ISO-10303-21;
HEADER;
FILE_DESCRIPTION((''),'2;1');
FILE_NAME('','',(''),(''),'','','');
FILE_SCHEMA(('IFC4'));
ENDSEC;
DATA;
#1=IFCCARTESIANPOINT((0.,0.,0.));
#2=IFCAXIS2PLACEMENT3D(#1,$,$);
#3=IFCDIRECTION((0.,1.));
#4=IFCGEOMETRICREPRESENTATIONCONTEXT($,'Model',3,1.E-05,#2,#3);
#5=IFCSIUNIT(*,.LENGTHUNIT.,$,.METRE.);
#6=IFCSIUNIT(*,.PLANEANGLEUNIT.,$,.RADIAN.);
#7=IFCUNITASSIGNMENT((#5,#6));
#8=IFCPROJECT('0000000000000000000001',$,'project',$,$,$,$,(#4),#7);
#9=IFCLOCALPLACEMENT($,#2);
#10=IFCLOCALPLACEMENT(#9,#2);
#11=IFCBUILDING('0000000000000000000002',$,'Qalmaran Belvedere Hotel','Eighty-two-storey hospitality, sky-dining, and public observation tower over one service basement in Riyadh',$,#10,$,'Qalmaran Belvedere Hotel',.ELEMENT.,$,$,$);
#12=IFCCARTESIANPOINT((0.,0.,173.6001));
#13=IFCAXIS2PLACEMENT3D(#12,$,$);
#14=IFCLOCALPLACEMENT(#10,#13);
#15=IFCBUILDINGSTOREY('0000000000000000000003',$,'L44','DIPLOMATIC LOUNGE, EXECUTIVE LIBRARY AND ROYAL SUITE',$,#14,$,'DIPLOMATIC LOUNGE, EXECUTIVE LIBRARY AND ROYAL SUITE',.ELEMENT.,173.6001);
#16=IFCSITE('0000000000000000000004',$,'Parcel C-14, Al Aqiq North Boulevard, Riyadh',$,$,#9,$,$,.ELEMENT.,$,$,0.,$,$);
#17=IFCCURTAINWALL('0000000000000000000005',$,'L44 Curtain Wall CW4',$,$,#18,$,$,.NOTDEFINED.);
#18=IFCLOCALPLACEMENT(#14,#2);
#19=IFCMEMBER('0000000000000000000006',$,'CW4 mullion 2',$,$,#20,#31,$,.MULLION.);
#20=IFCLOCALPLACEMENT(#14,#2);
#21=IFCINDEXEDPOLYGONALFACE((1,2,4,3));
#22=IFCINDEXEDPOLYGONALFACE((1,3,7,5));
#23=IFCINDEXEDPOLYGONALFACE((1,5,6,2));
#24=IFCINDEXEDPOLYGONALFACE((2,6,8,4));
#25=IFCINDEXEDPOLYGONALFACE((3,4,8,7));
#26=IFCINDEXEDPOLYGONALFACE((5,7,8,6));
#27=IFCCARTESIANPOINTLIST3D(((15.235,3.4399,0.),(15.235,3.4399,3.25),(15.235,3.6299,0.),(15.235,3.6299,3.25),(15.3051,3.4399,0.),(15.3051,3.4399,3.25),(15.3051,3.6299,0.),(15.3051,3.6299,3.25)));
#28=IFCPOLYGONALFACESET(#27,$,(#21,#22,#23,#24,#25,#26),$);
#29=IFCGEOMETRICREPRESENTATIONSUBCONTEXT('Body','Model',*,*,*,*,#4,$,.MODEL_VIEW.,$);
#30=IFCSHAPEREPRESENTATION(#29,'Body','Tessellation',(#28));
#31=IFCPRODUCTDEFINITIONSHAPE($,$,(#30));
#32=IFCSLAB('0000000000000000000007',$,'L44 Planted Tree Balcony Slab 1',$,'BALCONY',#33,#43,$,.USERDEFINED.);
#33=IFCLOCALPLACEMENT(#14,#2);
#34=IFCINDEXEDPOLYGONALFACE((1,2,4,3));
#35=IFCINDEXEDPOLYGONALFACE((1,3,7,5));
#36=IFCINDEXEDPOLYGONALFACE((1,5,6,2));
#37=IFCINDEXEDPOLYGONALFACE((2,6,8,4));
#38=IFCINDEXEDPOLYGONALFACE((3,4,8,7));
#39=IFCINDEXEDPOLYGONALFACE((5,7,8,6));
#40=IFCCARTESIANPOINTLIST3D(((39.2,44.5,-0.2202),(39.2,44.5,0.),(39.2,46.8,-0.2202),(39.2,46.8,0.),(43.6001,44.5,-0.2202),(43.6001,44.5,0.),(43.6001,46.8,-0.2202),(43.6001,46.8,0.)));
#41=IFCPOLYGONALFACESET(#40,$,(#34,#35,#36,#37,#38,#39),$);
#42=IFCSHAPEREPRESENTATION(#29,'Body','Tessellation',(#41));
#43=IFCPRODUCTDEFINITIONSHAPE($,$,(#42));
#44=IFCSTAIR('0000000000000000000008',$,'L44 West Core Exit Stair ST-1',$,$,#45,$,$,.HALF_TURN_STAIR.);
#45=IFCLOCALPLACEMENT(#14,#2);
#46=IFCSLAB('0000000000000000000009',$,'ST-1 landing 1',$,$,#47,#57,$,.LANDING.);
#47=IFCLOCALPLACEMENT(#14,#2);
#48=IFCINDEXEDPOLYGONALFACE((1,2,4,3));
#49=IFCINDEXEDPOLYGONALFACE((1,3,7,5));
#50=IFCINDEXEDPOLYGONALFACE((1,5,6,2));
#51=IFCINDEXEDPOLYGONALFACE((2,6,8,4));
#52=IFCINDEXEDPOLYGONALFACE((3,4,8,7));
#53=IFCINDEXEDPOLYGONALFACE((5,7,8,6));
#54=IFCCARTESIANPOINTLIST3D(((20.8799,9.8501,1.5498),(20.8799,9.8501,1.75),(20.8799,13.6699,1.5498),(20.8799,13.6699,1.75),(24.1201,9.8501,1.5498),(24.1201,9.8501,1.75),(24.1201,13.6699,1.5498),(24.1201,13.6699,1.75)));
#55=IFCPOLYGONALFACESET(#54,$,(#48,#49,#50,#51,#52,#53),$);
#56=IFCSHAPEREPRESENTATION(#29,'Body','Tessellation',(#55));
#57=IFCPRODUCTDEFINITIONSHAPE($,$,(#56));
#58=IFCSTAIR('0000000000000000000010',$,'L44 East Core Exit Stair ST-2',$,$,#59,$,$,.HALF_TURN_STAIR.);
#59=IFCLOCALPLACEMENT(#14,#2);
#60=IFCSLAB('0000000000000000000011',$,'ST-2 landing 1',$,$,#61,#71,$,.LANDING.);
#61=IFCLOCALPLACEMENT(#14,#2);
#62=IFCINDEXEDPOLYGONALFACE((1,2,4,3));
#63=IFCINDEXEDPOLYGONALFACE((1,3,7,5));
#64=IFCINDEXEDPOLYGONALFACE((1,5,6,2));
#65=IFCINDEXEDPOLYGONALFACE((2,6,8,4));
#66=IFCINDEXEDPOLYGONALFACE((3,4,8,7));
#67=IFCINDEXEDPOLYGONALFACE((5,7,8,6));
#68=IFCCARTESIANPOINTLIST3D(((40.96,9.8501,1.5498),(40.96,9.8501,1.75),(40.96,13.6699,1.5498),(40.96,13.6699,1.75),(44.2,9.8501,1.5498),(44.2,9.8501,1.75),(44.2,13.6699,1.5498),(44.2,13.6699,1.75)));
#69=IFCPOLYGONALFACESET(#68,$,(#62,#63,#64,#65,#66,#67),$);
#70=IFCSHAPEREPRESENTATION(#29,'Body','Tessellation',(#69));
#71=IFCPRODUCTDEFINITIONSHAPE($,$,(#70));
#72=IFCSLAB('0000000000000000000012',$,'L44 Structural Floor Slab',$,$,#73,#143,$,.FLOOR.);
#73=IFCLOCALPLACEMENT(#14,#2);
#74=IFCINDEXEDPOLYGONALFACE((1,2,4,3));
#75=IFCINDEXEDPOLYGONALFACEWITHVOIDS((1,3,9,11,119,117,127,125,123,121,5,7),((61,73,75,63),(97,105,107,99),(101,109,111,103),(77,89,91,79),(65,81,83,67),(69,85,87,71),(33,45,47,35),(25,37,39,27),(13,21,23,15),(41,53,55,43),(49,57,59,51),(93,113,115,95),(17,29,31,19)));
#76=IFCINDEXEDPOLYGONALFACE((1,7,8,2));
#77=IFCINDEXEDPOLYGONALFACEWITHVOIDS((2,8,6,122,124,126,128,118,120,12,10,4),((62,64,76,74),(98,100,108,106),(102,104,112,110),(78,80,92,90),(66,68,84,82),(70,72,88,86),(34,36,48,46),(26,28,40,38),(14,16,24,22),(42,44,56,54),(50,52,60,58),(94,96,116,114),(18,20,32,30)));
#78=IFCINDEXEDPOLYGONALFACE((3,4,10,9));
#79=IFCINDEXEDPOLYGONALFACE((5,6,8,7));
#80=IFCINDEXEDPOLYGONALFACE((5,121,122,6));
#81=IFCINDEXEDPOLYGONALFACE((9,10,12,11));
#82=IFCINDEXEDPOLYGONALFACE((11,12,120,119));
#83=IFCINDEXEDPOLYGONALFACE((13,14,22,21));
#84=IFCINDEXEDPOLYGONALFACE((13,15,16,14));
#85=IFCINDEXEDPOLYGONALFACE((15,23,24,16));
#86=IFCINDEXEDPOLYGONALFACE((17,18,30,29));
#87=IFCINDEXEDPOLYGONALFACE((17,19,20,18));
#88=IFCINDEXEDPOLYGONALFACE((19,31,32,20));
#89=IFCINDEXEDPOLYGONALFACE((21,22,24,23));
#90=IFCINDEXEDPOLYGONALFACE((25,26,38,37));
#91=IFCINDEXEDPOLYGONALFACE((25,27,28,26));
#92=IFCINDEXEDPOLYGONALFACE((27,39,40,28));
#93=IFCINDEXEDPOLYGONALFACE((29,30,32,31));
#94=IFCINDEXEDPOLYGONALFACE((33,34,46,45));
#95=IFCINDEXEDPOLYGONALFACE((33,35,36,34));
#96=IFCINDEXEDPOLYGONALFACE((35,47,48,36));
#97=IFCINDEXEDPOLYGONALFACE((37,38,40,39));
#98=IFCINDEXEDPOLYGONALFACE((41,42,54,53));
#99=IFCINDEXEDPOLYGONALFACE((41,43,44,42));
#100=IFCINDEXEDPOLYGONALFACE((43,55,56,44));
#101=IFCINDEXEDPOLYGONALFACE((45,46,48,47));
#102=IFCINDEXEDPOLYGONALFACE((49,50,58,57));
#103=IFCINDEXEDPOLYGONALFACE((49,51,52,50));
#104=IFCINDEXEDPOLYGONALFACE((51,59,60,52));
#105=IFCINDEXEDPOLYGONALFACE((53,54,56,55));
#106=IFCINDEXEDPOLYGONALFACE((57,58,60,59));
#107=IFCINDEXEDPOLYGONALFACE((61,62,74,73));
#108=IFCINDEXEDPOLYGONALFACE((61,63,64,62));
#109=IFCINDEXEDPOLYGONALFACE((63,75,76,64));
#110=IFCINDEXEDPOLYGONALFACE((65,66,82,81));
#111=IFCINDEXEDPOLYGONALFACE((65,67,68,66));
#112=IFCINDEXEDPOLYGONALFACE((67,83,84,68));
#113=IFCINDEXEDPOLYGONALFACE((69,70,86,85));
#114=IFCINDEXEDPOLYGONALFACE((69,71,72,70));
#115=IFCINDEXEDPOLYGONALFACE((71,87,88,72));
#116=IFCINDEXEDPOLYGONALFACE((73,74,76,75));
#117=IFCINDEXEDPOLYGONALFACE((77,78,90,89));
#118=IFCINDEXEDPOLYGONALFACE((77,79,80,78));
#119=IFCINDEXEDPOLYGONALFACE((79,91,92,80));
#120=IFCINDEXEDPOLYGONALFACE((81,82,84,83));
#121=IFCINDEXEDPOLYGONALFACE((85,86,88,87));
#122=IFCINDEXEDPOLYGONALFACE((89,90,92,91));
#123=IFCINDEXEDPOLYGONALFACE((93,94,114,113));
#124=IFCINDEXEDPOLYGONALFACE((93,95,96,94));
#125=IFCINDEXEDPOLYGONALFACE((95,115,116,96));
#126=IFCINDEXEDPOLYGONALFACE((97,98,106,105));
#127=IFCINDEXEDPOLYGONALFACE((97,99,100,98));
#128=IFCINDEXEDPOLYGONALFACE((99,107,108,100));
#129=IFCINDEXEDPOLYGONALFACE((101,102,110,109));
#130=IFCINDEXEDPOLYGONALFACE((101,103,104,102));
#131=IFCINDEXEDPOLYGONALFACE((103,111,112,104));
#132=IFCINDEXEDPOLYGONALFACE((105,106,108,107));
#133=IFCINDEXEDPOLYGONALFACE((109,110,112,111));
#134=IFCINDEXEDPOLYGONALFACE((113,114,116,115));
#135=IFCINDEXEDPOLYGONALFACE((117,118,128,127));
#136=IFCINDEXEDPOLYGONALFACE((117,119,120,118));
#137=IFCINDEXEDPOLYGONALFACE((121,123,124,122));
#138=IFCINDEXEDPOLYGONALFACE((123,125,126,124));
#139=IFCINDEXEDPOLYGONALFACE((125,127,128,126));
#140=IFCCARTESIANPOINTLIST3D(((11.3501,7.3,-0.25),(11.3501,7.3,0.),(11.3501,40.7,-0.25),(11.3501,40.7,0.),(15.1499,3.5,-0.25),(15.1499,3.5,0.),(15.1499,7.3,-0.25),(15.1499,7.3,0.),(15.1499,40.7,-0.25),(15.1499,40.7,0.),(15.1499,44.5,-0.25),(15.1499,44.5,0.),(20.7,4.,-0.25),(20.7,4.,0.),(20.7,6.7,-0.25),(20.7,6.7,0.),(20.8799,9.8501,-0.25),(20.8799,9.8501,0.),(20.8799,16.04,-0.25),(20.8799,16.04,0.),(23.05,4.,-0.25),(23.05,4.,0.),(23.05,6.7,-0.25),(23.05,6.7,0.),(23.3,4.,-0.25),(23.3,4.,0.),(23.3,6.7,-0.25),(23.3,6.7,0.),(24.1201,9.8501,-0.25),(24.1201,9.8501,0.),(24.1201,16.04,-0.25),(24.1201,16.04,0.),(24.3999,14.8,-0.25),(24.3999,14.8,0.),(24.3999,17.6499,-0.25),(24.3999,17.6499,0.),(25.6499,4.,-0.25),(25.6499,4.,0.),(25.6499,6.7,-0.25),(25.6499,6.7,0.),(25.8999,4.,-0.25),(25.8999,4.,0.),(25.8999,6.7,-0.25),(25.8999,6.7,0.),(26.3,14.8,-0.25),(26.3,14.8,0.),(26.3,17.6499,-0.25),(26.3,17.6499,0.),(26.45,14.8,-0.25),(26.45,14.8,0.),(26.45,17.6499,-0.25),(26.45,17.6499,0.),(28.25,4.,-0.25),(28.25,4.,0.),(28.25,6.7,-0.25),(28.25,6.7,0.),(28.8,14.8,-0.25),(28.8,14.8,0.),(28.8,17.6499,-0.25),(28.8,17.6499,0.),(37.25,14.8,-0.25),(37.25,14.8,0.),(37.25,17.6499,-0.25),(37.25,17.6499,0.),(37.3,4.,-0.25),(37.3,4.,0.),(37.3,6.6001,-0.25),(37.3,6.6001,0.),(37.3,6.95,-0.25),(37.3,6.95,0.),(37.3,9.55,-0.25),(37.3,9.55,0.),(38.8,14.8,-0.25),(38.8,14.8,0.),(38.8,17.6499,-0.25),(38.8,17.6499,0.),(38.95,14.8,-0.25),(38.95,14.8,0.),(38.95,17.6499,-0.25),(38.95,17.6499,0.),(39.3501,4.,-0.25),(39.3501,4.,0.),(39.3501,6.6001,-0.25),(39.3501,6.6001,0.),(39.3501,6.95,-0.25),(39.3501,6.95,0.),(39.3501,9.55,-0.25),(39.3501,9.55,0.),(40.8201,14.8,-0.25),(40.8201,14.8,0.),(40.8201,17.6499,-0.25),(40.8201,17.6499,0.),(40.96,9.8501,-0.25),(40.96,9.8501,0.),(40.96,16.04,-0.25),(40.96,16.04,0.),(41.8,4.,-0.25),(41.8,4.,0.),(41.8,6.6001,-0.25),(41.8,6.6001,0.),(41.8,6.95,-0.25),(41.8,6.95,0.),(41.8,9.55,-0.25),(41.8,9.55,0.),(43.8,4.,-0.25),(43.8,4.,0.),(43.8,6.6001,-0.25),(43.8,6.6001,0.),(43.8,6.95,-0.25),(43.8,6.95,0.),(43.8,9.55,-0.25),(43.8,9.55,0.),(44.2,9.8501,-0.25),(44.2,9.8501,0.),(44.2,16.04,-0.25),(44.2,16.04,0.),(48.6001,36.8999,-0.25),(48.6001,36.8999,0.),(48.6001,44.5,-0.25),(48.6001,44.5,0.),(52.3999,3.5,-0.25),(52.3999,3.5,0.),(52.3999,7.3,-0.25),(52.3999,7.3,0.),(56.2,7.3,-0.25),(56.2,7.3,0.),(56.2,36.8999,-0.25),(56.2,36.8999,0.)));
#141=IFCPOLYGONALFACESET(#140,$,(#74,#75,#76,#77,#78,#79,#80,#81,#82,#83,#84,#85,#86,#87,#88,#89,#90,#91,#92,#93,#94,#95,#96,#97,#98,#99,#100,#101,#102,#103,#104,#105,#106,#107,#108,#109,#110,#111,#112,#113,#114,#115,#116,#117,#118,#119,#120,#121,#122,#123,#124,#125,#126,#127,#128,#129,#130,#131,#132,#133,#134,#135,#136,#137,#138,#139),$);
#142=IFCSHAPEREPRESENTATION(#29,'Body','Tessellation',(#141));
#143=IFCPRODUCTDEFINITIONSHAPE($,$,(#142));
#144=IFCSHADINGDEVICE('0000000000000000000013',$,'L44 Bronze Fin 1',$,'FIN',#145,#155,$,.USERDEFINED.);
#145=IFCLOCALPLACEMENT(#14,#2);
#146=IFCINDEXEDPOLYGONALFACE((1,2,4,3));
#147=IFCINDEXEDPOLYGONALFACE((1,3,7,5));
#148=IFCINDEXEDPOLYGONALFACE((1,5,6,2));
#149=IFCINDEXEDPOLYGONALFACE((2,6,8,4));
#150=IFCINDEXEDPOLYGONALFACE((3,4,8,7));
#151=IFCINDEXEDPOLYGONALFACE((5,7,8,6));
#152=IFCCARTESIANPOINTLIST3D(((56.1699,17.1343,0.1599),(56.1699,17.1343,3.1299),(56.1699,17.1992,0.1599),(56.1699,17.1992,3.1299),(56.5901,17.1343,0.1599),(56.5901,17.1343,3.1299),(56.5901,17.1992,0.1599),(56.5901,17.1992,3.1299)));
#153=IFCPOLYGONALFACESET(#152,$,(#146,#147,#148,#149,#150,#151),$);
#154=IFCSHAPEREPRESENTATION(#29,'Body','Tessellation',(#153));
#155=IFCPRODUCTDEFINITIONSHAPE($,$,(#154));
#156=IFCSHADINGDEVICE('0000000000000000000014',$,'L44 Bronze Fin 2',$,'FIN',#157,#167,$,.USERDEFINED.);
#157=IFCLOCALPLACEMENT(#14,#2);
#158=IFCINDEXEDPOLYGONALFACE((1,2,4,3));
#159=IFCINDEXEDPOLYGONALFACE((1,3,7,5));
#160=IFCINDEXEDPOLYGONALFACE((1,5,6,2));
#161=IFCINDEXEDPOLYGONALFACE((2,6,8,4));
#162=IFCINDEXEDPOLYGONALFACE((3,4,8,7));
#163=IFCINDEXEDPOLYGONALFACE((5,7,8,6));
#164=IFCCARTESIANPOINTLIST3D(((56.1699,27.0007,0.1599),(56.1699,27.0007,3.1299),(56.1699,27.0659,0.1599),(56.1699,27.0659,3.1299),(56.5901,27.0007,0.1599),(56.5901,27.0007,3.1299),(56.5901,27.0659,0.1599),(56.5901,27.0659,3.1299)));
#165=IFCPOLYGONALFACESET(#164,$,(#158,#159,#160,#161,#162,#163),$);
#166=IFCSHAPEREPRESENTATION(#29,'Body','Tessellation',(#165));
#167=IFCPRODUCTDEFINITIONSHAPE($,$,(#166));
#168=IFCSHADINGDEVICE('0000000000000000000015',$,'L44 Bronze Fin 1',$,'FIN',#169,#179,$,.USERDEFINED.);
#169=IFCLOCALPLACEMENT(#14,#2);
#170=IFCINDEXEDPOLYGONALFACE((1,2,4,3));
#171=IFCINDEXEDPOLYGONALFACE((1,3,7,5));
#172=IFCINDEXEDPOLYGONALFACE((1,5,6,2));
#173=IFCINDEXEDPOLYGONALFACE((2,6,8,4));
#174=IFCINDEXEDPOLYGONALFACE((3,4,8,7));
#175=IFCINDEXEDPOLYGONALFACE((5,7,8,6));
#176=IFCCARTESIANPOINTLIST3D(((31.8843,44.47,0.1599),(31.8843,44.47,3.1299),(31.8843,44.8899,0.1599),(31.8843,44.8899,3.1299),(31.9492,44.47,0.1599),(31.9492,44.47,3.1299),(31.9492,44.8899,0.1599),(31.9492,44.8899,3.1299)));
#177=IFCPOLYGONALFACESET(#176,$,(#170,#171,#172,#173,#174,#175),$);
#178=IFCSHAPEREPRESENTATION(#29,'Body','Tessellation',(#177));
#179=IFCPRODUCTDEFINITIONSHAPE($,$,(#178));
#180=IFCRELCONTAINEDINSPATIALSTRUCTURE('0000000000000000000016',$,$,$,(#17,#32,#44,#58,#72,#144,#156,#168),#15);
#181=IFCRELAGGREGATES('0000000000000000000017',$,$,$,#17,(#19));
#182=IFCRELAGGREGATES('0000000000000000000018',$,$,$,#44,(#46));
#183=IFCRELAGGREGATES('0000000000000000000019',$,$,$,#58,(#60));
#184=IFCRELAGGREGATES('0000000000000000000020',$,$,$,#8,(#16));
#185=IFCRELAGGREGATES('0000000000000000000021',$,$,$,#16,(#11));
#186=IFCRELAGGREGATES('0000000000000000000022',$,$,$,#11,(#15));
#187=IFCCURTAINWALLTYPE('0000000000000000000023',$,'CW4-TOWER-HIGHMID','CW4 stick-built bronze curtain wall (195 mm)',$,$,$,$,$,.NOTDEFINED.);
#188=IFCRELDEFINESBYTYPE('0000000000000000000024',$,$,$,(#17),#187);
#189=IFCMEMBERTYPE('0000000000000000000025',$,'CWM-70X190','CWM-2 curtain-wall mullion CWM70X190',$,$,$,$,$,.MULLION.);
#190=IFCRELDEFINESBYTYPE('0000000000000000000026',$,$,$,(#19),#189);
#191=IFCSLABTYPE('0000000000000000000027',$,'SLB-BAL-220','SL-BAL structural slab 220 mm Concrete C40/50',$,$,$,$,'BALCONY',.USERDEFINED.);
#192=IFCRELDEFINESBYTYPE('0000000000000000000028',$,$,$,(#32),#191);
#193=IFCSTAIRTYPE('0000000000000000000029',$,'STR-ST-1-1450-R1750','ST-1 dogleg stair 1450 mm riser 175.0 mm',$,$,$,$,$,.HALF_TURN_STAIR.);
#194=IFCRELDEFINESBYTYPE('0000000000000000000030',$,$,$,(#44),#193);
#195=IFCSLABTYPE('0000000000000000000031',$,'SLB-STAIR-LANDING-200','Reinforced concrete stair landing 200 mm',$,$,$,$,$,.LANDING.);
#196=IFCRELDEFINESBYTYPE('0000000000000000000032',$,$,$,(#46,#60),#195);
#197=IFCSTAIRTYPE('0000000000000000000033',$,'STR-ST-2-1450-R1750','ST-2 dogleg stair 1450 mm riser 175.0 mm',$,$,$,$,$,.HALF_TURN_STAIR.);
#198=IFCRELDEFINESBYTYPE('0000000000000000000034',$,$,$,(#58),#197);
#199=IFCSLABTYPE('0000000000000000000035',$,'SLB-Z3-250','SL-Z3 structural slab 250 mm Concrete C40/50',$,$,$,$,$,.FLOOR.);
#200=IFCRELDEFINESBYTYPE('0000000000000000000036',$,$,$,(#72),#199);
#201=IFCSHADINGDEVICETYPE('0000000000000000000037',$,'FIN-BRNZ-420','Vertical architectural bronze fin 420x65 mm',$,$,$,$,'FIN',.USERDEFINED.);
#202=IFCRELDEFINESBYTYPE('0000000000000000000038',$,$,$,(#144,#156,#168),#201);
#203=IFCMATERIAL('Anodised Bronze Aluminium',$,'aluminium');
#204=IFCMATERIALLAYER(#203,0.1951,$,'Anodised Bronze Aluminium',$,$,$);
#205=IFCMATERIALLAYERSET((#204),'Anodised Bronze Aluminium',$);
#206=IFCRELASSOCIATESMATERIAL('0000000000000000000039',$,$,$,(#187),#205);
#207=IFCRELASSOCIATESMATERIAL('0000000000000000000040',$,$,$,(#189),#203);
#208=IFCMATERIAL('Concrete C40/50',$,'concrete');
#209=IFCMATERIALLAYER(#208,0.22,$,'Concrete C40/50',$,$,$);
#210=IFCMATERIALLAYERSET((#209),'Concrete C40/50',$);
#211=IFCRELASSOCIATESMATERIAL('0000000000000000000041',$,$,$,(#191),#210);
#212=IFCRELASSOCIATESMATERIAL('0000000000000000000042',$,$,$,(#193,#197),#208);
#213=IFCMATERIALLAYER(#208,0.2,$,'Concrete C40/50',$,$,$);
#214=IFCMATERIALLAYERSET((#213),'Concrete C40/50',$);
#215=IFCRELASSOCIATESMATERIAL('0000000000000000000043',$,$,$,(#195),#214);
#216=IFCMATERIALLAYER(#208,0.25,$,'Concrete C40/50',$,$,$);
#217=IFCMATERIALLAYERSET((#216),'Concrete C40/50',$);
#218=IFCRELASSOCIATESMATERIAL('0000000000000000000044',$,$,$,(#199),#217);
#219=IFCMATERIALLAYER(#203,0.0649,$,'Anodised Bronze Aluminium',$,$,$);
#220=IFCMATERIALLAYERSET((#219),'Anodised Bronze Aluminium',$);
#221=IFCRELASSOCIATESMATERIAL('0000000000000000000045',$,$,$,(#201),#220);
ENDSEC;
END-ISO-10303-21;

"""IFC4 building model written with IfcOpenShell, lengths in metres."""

from ifc_helpers import new_model, si_unit, direction, frame, origin, origin_2d, place, context, subcontext, project, spatial, polyline, rectangle, outline, extrude, material, layer, layer_set, material_profile, profile_set, type_object, element, aggregate, save


model = new_model("IFC4")

# Units and contexts
model_context = context("Model", 3, precision=1e-05, world=origin(), true_north=direction((0.0, 1.0)))
body_context = subcontext(model_context, "Body", "Model", "MODEL_VIEW")
ifc_project = project(units=[si_unit("LENGTHUNIT", "METRE"), si_unit("PLANEANGLEUNIT", "RADIAN")], contexts=[model_context])

# Site, building, storey
site_placement = place(None, origin())
site = spatial("IfcSite", under=ifc_project, at=site_placement, Name="Parcel C-14, Al Aqiq North Boulevard, Riyadh", CompositionType="ELEMENT", RefElevation=0.0)
building_placement = place(site_placement, origin())
building = spatial("IfcBuilding", under=site, at=building_placement, Name="Qalmaran Belvedere Hotel", Description="Eighty-two-storey hospitality, sky-dining, and public observation tower over one service basement in Riyadh", LongName="Qalmaran Belvedere Hotel", CompositionType="ELEMENT")
storey_placement = place(building_placement, frame((0.0, 0.0, 173.6001)))
storey = spatial("IfcBuildingStorey", under=building, at=storey_placement, Name="L44", Description="DIPLOMATIC LOUNGE, EXECUTIVE LIBRARY AND ROYAL SUITE", LongName="DIPLOMATIC LOUNGE, EXECUTIVE LIBRARY AND ROYAL SUITE", CompositionType="ELEMENT", Elevation=173.6001)

# Curtain wall, member
ifc_material_1 = material(Name="Anodised Bronze Aluminium", Category="aluminium")
ifc_layer_1 = layer(ifc_material_1, 0.1951, Name="Anodised Bronze Aluminium")
ifc_layer_set_1 = layer_set([ifc_layer_1], Name="Anodised Bronze Aluminium")
curtain_wall_type = type_object("IfcCurtainWallType", Name="CW4-TOWER-HIGHMID", Description="CW4 stick-built bronze curtain wall (195 mm)", PredefinedType="NOTDEFINED", material=ifc_layer_set_1)
curtain_wall_placement = place(storey_placement, origin())
curtain_wall = element("IfcCurtainWall", 1, at=curtain_wall_placement, inside=storey, type_object=curtain_wall_type, Name="L44 Curtain Wall CW4", PredefinedType="NOTDEFINED")
ifc_material_profile = material_profile(ifc_material_1, rectangle(XDim=0.0701, YDim=0.1899, at=origin_2d()), Name="CWM70X190")
ifc_profile_set = profile_set([ifc_material_profile], Name="Anodised Bronze Aluminium")
member_type = type_object("IfcMemberType", Name="CWM-70X190", Description="CWM-2 curtain-wall mullion CWM70X190", PredefinedType="MULLION", material=ifc_profile_set)
member_placement = place(storey_placement, frame((15.27, 3.5349, 0.0), z_axis=(0.0, 0.0, 1.0), x_axis=(1.0, 0.0, 0.0)))
member = element("IfcMember", 2, at=member_placement, type_object=member_type, Name="CW4 mullion 2", PredefinedType="MULLION", context=body_context, shape_type="SweptSolid", body=[
    extrude(rectangle(XDim=0.0701, YDim=0.1899, at=origin_2d()), origin(), (0.0, 0.0, 1.0), 3.25),
])
aggregate(curtain_wall, [member])

# Slab
ifc_material_2 = material(Name="Concrete C40/50", Category="concrete")
ifc_layer_2 = layer(ifc_material_2, 0.22, Name="Concrete C40/50")
ifc_layer_set_2 = layer_set([ifc_layer_2], Name="Concrete C40/50")
slab_type_1 = type_object("IfcSlabType", Name="SLB-BAL-220", Description="SL-BAL structural slab 220 mm Concrete C40/50", ElementType="BALCONY", PredefinedType="USERDEFINED", material=ifc_layer_set_2)
slab_1_placement = place(storey_placement, frame((0.0, 0.0, -0.2202)))
element("IfcSlab", 3, at=slab_1_placement, inside=storey, type_object=slab_type_1, Name="L44 Planted Tree Balcony Slab 1", ObjectType="BALCONY", PredefinedType="USERDEFINED", context=body_context, shape_type="SweptSolid", body=[
    extrude(outline(polyline([(39.2, 44.5), (43.6001, 44.5), (43.6001, 46.8), (39.2, 46.8), (39.2, 44.5)])), origin(), (0.0, 0.0, 1.0), 0.2202),
])

# Stairs, slabs
stair_type_1 = type_object("IfcStairType", Name="STR-ST-1-1450-R1750", Description="ST-1 dogleg stair 1450 mm riser 175.0 mm", PredefinedType="HALF_TURN_STAIR", material=ifc_material_2)
stair_1_placement = place(storey_placement, origin())
stair_1 = element("IfcStair", 4, at=stair_1_placement, inside=storey, type_object=stair_type_1, Name="L44 West Core Exit Stair ST-1", PredefinedType="HALF_TURN_STAIR")
ifc_layer_3 = layer(ifc_material_2, 0.2, Name="Concrete C40/50")
ifc_layer_set_3 = layer_set([ifc_layer_3], Name="Concrete C40/50")
slab_type_2 = type_object("IfcSlabType", Name="SLB-STAIR-LANDING-200", Description="Reinforced concrete stair landing 200 mm", PredefinedType="LANDING", material=ifc_layer_set_3)
slab_2_placement = place(storey_placement, frame((0.0, 0.0, 1.5498)))
slab_2 = element("IfcSlab", 5, at=slab_2_placement, type_object=slab_type_2, Name="ST-1 landing 1", PredefinedType="LANDING", context=body_context, shape_type="SweptSolid", body=[
    extrude(outline(polyline([(20.8799, 13.6699), (20.8799, 9.8501), (24.1201, 9.8501), (24.1201, 13.6699), (20.8799, 13.6699)])), origin(), (0.0, 0.0, 1.0), 0.2002),
])
aggregate(stair_1, [slab_2])
stair_type_2 = type_object("IfcStairType", Name="STR-ST-2-1450-R1750", Description="ST-2 dogleg stair 1450 mm riser 175.0 mm", PredefinedType="HALF_TURN_STAIR", material=ifc_material_2)
stair_2_placement = place(storey_placement, origin())
stair_2 = element("IfcStair", 6, at=stair_2_placement, inside=storey, type_object=stair_type_2, Name="L44 East Core Exit Stair ST-2", PredefinedType="HALF_TURN_STAIR")
slab_3_placement = place(storey_placement, frame((0.0, 0.0, 1.5498)))
slab_3 = element("IfcSlab", 7, at=slab_3_placement, type_object=slab_type_2, Name="ST-2 landing 1", PredefinedType="LANDING", context=body_context, shape_type="SweptSolid", body=[
    extrude(outline(polyline([(40.96, 13.6699), (40.96, 9.8501), (44.2, 9.8501), (44.2, 13.6699), (40.96, 13.6699)])), origin(), (0.0, 0.0, 1.0), 0.2002),
])
aggregate(stair_2, [slab_3])

# Slab
ifc_layer_4 = layer(ifc_material_2, 0.25, Name="Concrete C40/50")
ifc_layer_set_4 = layer_set([ifc_layer_4], Name="Concrete C40/50")
slab_type_3 = type_object("IfcSlabType", Name="SLB-Z3-250", Description="SL-Z3 structural slab 250 mm Concrete C40/50", PredefinedType="FLOOR", material=ifc_layer_set_4)
slab_4_placement = place(storey_placement, frame((0.0, 0.0, -0.25)))
element("IfcSlab", 8, at=slab_4_placement, inside=storey, type_object=slab_type_3, Name="L44 Structural Floor Slab", PredefinedType="FLOOR", context=body_context, shape_type="SweptSolid", body=[
    extrude(outline(polyline([(15.1499, 3.5), (52.3999, 3.5), (52.3999, 7.3), (56.2, 7.3), (56.2, 36.8999), (48.6001, 36.8999), (48.6001, 44.5), (15.1499, 44.5), (15.1499, 40.7), (11.3501, 40.7), (11.3501, 7.3), (15.1499, 7.3), (15.1499, 3.5)]), holes=[polyline([(20.8799, 9.8501), (24.1201, 9.8501), (24.1201, 16.04), (20.8799, 16.04), (20.8799, 9.8501)]), polyline([(40.96, 9.8501), (44.2, 9.8501), (44.2, 16.04), (40.96, 16.04), (40.96, 9.8501)]), polyline([(37.3, 4.0), (39.3501, 4.0), (39.3501, 6.6001), (37.3, 6.6001), (37.3, 4.0)]), polyline([(37.3, 6.95), (39.3501, 6.95), (39.3501, 9.55), (37.3, 9.55), (37.3, 6.95)]), polyline([(41.8, 4.0), (43.8, 4.0), (43.8, 6.6001), (41.8, 6.6001), (41.8, 4.0)]), polyline([(41.8, 6.95), (43.8, 6.95), (43.8, 9.55), (41.8, 9.55), (41.8, 6.95)]), polyline([(20.7, 4.0), (23.05, 4.0), (23.05, 6.7), (20.7, 6.7), (20.7, 4.0)]), polyline([(23.3, 4.0), (25.6499, 4.0), (25.6499, 6.7), (23.3, 6.7), (23.3, 4.0)]), polyline([(25.8999, 4.0), (28.25, 4.0), (28.25, 6.7), (25.8999, 6.7), (25.8999, 4.0)]), polyline([(24.3999, 14.8), (26.3, 14.8), (26.3, 17.6499), (24.3999, 17.6499), (24.3999, 14.8)]), polyline([(38.95, 14.8), (40.8201, 14.8), (40.8201, 17.6499), (38.95, 17.6499), (38.95, 14.8)]), polyline([(26.45, 14.8), (28.8, 14.8), (28.8, 17.6499), (26.45, 17.6499), (26.45, 14.8)]), polyline([(37.25, 14.8), (38.8, 14.8), (38.8, 17.6499), (37.25, 17.6499), (37.25, 14.8)])]), origin(), (0.0, 0.0, 1.0), 0.25),
])

# Shading devices
ifc_layer_5 = layer(ifc_material_1, 0.0649, Name="Anodised Bronze Aluminium")
ifc_layer_set_5 = layer_set([ifc_layer_5], Name="Anodised Bronze Aluminium")
shading_device_type = type_object("IfcShadingDeviceType", Name="FIN-BRNZ-420", Description="Vertical architectural bronze fin 420x65 mm", ElementType="FIN", PredefinedType="USERDEFINED", material=ifc_layer_set_5)
shading_device_1_placement = place(storey_placement, frame((0.0, 0.0, 0.1599)))
element("IfcShadingDevice", 9, at=shading_device_1_placement, inside=storey, type_object=shading_device_type, Name="L44 Bronze Fin 1", ObjectType="FIN", PredefinedType="USERDEFINED", context=body_context, shape_type="SweptSolid", body=[
    extrude(outline(polyline([(56.1699, 17.1343), (56.5901, 17.1343), (56.5901, 17.1992), (56.1699, 17.1992), (56.1699, 17.1343)])), origin(), (0.0, 0.0, 1.0), 2.97),
])
shading_device_2_placement = place(storey_placement, frame((0.0, 0.0, 0.1599)))
element("IfcShadingDevice", 10, at=shading_device_2_placement, inside=storey, type_object=shading_device_type, Name="L44 Bronze Fin 2", ObjectType="FIN", PredefinedType="USERDEFINED", context=body_context, shape_type="SweptSolid", body=[
    extrude(outline(polyline([(56.1699, 27.0007), (56.5901, 27.0007), (56.5901, 27.0659), (56.1699, 27.0659), (56.1699, 27.0007)])), origin(), (0.0, 0.0, 1.0), 2.97),
])
shading_device_3_placement = place(storey_placement, frame((0.0, 0.0, 0.1599)))
element("IfcShadingDevice", 11, at=shading_device_3_placement, inside=storey, type_object=shading_device_type, Name="L44 Bronze Fin 1", ObjectType="FIN", PredefinedType="USERDEFINED", context=body_context, shape_type="SweptSolid", body=[
    extrude(outline(polyline([(31.9492, 44.47), (31.9492, 44.8899), (31.8843, 44.8899), (31.8843, 44.47), (31.9492, 44.47)])), origin(), (0.0, 0.0, 1.0), 2.97),
])

save(model, "model.ifc")
